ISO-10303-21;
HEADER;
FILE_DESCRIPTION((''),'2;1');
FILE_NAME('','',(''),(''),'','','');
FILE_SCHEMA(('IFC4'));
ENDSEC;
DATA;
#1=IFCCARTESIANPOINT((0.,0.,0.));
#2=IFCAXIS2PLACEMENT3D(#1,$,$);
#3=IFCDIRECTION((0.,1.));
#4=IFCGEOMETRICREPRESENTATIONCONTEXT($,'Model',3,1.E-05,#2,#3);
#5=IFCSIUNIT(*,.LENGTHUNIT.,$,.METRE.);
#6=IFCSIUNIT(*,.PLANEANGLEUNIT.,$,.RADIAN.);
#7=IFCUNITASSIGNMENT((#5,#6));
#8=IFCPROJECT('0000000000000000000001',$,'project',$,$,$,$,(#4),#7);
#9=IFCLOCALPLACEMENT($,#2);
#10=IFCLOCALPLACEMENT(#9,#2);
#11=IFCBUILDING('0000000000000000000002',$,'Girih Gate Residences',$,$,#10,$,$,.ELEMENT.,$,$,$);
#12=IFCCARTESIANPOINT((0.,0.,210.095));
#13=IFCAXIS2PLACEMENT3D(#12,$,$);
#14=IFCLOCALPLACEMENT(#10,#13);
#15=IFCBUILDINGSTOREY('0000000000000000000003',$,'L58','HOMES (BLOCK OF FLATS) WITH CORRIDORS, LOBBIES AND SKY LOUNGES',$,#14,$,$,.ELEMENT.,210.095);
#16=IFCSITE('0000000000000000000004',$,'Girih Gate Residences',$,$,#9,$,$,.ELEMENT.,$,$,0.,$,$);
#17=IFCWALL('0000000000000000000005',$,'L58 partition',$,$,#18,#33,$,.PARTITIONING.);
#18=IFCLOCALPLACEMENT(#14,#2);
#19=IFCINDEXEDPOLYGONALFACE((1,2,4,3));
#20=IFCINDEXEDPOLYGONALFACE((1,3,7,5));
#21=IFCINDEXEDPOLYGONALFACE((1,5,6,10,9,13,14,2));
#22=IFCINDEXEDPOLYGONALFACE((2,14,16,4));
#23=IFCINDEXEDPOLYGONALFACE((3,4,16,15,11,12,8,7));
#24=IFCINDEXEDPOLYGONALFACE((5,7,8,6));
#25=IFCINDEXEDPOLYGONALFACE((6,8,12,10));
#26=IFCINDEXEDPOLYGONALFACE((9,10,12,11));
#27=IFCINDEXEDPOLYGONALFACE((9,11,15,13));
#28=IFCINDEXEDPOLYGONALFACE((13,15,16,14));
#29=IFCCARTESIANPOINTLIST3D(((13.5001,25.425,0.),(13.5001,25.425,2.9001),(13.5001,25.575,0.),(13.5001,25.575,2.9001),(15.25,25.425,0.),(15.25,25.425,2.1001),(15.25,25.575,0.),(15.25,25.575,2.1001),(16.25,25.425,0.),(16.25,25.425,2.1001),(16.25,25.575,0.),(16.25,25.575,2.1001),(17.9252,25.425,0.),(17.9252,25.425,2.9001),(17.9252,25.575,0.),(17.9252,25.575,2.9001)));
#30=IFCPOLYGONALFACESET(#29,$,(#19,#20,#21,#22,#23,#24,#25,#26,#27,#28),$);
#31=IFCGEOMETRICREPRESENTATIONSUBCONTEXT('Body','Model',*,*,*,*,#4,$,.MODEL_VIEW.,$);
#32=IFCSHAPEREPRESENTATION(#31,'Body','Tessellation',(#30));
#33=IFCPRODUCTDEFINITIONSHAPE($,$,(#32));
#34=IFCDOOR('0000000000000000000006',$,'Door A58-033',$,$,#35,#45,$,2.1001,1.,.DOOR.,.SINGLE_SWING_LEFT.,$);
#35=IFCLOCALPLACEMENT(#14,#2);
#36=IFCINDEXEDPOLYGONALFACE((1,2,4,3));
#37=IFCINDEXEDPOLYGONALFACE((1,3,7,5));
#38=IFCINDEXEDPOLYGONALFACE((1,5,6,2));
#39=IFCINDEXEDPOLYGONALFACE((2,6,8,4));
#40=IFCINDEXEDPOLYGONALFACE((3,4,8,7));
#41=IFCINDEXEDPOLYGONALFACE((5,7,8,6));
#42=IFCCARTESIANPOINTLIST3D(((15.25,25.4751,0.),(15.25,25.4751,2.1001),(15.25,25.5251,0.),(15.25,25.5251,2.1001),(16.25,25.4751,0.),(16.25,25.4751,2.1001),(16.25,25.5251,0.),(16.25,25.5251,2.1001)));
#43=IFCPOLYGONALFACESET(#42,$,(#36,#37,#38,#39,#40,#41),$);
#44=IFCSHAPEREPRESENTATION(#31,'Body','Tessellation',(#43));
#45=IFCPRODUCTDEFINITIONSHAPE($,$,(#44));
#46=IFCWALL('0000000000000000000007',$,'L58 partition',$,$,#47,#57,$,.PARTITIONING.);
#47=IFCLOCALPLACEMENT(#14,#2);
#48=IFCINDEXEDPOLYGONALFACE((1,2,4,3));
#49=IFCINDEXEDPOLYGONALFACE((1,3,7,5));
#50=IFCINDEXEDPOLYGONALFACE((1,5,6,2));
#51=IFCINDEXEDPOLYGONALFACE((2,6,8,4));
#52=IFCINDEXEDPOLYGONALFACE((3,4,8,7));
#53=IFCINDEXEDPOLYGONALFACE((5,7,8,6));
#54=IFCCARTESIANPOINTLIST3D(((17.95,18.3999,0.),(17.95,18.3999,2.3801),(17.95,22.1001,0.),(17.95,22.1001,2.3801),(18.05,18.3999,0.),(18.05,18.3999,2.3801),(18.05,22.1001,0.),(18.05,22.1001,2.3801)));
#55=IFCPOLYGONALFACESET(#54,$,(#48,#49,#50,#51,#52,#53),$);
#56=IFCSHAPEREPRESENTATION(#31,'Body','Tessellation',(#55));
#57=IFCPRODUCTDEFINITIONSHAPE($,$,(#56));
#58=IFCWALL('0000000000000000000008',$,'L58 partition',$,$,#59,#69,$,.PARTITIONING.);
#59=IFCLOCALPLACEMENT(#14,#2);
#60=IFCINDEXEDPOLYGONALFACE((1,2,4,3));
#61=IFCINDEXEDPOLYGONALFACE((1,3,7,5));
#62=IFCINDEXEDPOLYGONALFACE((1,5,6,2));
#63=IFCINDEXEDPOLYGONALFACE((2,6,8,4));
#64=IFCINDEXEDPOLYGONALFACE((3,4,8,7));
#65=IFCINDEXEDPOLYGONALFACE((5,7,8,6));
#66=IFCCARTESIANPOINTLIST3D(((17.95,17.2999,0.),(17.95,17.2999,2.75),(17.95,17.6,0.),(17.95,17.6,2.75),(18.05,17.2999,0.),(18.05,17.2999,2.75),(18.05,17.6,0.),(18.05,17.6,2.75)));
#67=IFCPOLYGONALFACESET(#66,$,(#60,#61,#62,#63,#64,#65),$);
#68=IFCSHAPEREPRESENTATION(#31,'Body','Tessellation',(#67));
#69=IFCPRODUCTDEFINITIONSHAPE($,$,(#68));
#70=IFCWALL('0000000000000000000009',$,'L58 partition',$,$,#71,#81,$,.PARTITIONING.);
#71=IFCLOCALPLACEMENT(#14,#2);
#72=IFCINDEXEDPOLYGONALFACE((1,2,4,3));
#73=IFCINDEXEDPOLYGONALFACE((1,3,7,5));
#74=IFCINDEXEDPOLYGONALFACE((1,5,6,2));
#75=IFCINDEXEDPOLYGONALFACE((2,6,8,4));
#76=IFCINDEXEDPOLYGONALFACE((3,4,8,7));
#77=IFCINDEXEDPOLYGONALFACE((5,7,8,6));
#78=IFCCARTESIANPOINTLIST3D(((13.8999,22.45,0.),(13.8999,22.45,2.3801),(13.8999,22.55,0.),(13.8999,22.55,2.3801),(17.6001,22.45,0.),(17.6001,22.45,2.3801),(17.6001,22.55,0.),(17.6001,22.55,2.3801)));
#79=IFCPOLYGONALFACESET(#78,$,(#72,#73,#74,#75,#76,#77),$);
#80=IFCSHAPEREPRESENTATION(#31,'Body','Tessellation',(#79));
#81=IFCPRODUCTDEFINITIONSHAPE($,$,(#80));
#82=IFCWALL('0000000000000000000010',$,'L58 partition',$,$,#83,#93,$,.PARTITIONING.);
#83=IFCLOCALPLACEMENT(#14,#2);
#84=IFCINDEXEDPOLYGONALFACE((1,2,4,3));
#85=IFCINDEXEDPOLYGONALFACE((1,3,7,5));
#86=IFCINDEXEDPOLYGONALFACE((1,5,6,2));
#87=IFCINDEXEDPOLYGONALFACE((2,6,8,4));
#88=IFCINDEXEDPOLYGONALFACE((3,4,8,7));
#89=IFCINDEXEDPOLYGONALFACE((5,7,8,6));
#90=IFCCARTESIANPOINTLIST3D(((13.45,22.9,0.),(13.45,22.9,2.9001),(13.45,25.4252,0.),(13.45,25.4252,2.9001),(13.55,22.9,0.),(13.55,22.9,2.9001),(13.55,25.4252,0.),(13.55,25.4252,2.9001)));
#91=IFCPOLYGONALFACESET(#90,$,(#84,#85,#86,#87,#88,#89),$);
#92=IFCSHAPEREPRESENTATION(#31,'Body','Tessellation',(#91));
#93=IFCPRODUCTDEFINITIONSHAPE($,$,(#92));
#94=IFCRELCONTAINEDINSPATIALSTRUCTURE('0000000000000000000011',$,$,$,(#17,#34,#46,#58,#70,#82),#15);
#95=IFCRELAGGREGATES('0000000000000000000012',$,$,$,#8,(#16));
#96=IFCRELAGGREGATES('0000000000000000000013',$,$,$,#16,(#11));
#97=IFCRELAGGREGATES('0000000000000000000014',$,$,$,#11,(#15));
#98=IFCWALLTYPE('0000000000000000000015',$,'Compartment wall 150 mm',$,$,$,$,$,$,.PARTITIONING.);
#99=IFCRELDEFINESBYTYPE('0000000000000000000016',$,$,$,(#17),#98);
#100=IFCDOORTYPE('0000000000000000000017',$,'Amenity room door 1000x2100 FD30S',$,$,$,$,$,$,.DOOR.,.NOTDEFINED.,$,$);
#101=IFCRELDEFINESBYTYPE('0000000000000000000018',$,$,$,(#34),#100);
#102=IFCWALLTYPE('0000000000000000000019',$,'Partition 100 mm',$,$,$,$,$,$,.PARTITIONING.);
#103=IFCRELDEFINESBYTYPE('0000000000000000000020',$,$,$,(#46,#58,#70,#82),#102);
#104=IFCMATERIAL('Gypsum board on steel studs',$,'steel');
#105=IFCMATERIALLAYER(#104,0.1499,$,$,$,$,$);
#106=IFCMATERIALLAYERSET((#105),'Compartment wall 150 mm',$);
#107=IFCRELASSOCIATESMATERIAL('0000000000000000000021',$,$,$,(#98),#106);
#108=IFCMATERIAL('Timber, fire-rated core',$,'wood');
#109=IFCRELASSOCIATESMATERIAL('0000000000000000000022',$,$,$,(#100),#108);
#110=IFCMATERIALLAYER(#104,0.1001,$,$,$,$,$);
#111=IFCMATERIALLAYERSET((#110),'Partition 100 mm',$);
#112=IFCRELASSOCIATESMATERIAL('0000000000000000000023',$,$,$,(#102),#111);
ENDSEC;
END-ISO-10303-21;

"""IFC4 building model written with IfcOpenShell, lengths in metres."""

from ifc_helpers import new_model, si_unit, direction, frame, frame_2d, origin, place, context, subcontext, project, spatial, rectangle, extrude, material, layer, layer_set, type_object, element, fill, save


model = new_model("IFC4")

# Units and contexts
model_context = context("Model", 3, precision=1e-05, world=origin(), true_north=direction((0.0, 1.0)))
body_context = subcontext(model_context, "Body", "Model", "MODEL_VIEW")
ifc_project = project(units=[si_unit("LENGTHUNIT", "METRE"), si_unit("PLANEANGLEUNIT", "RADIAN")], contexts=[model_context])

# Site, building, storey
site_placement = place(None, origin())
site = spatial("IfcSite", under=ifc_project, at=site_placement, Name="Girih Gate Residences", CompositionType="ELEMENT", RefElevation=0.0)
building_placement = place(site_placement, origin())
building = spatial("IfcBuilding", under=site, at=building_placement, Name="Girih Gate Residences", CompositionType="ELEMENT")
storey_placement = place(building_placement, frame((0.0, 0.0, 210.095)))
storey = spatial("IfcBuildingStorey", under=building, at=storey_placement, Name="L58", Description="HOMES (BLOCK OF FLATS) WITH CORRIDORS, LOBBIES AND SKY LOUNGES", CompositionType="ELEMENT", Elevation=210.095)

# Shared definitions
ifc_material_1 = material(Name="Gypsum board on steel studs", Category="steel")
ifc_layer_1 = layer(ifc_material_1, 0.1499)
ifc_layer_set_1 = layer_set([ifc_layer_1], Name="Compartment wall 150 mm")
wall_type_1 = type_object("IfcWallType", Name="Compartment wall 150 mm", PredefinedType="PARTITIONING", material=ifc_layer_set_1)

# Wall, opening, door
ifc_material_2 = material(Name="Timber, fire-rated core", Category="wood")
door_type = type_object("IfcDoorType", Name="Amenity room door 1000x2100 FD30S", OperationType="NOTDEFINED", PredefinedType="DOOR", material=ifc_material_2)
wall_1_placement = place(storey_placement, frame((17.925, 25.5, 0.0), z_axis=(0.0, 0.0, 1.0), x_axis=(-1.0, 0.0, 0.0)))
wall_1 = element("IfcWall", 1, at=wall_1_placement, inside=storey, type_object=wall_type_1, Name="L58 partition", PredefinedType="PARTITIONING", context=body_context, shape_type="SweptSolid", body=[
    extrude(rectangle(XDim=4.425, YDim=0.1499, at=frame_2d((2.2124, 0.0))), origin(), (0.0, 0.0, 1.0), 2.9001),
])
opening_1_placement = place(wall_1_placement, frame((1.675, 0.0, 0.0)))
opening_1 = element("IfcOpeningElement", 2, at=opening_1_placement, cuts=wall_1, PredefinedType="OPENING", context=body_context, shape_type="SweptSolid", body=[
    extrude(rectangle(XDim=1.0, YDim=2.1001, at=frame_2d((0.5, 1.05))), frame((0.0, 0.085, 0.0), z_axis=(0.0, -1.0, 0.0), x_axis=(1.0, 0.0, 0.0)), (0.0, 0.0, 1.0), 0.1699),
])
door_1_placement = place(opening_1_placement, origin())
door_1 = element("IfcDoor", 3, at=door_1_placement, inside=storey, type_object=door_type, Name="Door A58-033", OperationType="SINGLE_SWING_LEFT", OverallHeight=2.1001, OverallWidth=1.0, PredefinedType="DOOR", context=body_context, shape_type="SweptSolid", body=[
    extrude(rectangle(XDim=1.0, YDim=2.1001, at=frame_2d((0.5, 1.05))), frame((0.0, 0.0249, 0.0), z_axis=(0.0, -1.0, 0.0), x_axis=(1.0, 0.0, 0.0)), (0.0, 0.0, 1.0), 0.05),
])
fill(opening_1, door_1)

# Walls
ifc_layer_2 = layer(ifc_material_1, 0.1001)
ifc_layer_set_2 = layer_set([ifc_layer_2], Name="Partition 100 mm")
wall_type_2 = type_object("IfcWallType", Name="Partition 100 mm", PredefinedType="PARTITIONING", material=ifc_layer_set_2)
wall_2_placement = place(storey_placement, frame((18.0, 18.3999, 0.0), z_axis=(0.0, 0.0, 1.0), x_axis=(0.0, 1.0, 0.0)))
element("IfcWall", 4, at=wall_2_placement, inside=storey, type_object=wall_type_2, Name="L58 partition", PredefinedType="PARTITIONING", context=body_context, shape_type="SweptSolid", body=[
    extrude(rectangle(XDim=3.7002, YDim=0.1001, at=frame_2d((1.8501, 0.0))), origin(), (0.0, 0.0, 1.0), 2.3801),
])
wall_3_placement = place(storey_placement, frame((18.0, 17.3, 0.0), z_axis=(0.0, 0.0, 1.0), x_axis=(0.0, 1.0, 0.0)))
element("IfcWall", 5, at=wall_3_placement, inside=storey, type_object=wall_type_2, Name="L58 partition", PredefinedType="PARTITIONING", context=body_context, shape_type="SweptSolid", body=[
    extrude(rectangle(XDim=0.3, YDim=0.1001, at=frame_2d((0.1499, 0.0))), origin(), (0.0, 0.0, 1.0), 2.75),
])
wall_4_placement = place(storey_placement, frame((13.8999, 22.5, 0.0), z_axis=(0.0, 0.0, 1.0), x_axis=(1.0, 0.0, 0.0)))
element("IfcWall", 6, at=wall_4_placement, inside=storey, type_object=wall_type_2, Name="L58 partition", PredefinedType="PARTITIONING", context=body_context, shape_type="SweptSolid", body=[
    extrude(rectangle(XDim=3.7002, YDim=0.1001, at=frame_2d((1.8501, 0.0))), origin(), (0.0, 0.0, 1.0), 2.3801),
])
wall_5_placement = place(storey_placement, frame((13.5, 22.8999, 0.0), z_axis=(0.0, 0.0, 1.0), x_axis=(0.0, 1.0, 0.0)))
element("IfcWall", 7, at=wall_5_placement, inside=storey, type_object=wall_type_2, Name="L58 partition", PredefinedType="PARTITIONING", context=body_context, shape_type="SweptSolid", body=[
    extrude(rectangle(XDim=2.5251, YDim=0.1001, at=frame_2d((1.2627, 0.0))), origin(), (0.0, 0.0, 1.0), 2.9001),
])

save(model, "model.ifc")
